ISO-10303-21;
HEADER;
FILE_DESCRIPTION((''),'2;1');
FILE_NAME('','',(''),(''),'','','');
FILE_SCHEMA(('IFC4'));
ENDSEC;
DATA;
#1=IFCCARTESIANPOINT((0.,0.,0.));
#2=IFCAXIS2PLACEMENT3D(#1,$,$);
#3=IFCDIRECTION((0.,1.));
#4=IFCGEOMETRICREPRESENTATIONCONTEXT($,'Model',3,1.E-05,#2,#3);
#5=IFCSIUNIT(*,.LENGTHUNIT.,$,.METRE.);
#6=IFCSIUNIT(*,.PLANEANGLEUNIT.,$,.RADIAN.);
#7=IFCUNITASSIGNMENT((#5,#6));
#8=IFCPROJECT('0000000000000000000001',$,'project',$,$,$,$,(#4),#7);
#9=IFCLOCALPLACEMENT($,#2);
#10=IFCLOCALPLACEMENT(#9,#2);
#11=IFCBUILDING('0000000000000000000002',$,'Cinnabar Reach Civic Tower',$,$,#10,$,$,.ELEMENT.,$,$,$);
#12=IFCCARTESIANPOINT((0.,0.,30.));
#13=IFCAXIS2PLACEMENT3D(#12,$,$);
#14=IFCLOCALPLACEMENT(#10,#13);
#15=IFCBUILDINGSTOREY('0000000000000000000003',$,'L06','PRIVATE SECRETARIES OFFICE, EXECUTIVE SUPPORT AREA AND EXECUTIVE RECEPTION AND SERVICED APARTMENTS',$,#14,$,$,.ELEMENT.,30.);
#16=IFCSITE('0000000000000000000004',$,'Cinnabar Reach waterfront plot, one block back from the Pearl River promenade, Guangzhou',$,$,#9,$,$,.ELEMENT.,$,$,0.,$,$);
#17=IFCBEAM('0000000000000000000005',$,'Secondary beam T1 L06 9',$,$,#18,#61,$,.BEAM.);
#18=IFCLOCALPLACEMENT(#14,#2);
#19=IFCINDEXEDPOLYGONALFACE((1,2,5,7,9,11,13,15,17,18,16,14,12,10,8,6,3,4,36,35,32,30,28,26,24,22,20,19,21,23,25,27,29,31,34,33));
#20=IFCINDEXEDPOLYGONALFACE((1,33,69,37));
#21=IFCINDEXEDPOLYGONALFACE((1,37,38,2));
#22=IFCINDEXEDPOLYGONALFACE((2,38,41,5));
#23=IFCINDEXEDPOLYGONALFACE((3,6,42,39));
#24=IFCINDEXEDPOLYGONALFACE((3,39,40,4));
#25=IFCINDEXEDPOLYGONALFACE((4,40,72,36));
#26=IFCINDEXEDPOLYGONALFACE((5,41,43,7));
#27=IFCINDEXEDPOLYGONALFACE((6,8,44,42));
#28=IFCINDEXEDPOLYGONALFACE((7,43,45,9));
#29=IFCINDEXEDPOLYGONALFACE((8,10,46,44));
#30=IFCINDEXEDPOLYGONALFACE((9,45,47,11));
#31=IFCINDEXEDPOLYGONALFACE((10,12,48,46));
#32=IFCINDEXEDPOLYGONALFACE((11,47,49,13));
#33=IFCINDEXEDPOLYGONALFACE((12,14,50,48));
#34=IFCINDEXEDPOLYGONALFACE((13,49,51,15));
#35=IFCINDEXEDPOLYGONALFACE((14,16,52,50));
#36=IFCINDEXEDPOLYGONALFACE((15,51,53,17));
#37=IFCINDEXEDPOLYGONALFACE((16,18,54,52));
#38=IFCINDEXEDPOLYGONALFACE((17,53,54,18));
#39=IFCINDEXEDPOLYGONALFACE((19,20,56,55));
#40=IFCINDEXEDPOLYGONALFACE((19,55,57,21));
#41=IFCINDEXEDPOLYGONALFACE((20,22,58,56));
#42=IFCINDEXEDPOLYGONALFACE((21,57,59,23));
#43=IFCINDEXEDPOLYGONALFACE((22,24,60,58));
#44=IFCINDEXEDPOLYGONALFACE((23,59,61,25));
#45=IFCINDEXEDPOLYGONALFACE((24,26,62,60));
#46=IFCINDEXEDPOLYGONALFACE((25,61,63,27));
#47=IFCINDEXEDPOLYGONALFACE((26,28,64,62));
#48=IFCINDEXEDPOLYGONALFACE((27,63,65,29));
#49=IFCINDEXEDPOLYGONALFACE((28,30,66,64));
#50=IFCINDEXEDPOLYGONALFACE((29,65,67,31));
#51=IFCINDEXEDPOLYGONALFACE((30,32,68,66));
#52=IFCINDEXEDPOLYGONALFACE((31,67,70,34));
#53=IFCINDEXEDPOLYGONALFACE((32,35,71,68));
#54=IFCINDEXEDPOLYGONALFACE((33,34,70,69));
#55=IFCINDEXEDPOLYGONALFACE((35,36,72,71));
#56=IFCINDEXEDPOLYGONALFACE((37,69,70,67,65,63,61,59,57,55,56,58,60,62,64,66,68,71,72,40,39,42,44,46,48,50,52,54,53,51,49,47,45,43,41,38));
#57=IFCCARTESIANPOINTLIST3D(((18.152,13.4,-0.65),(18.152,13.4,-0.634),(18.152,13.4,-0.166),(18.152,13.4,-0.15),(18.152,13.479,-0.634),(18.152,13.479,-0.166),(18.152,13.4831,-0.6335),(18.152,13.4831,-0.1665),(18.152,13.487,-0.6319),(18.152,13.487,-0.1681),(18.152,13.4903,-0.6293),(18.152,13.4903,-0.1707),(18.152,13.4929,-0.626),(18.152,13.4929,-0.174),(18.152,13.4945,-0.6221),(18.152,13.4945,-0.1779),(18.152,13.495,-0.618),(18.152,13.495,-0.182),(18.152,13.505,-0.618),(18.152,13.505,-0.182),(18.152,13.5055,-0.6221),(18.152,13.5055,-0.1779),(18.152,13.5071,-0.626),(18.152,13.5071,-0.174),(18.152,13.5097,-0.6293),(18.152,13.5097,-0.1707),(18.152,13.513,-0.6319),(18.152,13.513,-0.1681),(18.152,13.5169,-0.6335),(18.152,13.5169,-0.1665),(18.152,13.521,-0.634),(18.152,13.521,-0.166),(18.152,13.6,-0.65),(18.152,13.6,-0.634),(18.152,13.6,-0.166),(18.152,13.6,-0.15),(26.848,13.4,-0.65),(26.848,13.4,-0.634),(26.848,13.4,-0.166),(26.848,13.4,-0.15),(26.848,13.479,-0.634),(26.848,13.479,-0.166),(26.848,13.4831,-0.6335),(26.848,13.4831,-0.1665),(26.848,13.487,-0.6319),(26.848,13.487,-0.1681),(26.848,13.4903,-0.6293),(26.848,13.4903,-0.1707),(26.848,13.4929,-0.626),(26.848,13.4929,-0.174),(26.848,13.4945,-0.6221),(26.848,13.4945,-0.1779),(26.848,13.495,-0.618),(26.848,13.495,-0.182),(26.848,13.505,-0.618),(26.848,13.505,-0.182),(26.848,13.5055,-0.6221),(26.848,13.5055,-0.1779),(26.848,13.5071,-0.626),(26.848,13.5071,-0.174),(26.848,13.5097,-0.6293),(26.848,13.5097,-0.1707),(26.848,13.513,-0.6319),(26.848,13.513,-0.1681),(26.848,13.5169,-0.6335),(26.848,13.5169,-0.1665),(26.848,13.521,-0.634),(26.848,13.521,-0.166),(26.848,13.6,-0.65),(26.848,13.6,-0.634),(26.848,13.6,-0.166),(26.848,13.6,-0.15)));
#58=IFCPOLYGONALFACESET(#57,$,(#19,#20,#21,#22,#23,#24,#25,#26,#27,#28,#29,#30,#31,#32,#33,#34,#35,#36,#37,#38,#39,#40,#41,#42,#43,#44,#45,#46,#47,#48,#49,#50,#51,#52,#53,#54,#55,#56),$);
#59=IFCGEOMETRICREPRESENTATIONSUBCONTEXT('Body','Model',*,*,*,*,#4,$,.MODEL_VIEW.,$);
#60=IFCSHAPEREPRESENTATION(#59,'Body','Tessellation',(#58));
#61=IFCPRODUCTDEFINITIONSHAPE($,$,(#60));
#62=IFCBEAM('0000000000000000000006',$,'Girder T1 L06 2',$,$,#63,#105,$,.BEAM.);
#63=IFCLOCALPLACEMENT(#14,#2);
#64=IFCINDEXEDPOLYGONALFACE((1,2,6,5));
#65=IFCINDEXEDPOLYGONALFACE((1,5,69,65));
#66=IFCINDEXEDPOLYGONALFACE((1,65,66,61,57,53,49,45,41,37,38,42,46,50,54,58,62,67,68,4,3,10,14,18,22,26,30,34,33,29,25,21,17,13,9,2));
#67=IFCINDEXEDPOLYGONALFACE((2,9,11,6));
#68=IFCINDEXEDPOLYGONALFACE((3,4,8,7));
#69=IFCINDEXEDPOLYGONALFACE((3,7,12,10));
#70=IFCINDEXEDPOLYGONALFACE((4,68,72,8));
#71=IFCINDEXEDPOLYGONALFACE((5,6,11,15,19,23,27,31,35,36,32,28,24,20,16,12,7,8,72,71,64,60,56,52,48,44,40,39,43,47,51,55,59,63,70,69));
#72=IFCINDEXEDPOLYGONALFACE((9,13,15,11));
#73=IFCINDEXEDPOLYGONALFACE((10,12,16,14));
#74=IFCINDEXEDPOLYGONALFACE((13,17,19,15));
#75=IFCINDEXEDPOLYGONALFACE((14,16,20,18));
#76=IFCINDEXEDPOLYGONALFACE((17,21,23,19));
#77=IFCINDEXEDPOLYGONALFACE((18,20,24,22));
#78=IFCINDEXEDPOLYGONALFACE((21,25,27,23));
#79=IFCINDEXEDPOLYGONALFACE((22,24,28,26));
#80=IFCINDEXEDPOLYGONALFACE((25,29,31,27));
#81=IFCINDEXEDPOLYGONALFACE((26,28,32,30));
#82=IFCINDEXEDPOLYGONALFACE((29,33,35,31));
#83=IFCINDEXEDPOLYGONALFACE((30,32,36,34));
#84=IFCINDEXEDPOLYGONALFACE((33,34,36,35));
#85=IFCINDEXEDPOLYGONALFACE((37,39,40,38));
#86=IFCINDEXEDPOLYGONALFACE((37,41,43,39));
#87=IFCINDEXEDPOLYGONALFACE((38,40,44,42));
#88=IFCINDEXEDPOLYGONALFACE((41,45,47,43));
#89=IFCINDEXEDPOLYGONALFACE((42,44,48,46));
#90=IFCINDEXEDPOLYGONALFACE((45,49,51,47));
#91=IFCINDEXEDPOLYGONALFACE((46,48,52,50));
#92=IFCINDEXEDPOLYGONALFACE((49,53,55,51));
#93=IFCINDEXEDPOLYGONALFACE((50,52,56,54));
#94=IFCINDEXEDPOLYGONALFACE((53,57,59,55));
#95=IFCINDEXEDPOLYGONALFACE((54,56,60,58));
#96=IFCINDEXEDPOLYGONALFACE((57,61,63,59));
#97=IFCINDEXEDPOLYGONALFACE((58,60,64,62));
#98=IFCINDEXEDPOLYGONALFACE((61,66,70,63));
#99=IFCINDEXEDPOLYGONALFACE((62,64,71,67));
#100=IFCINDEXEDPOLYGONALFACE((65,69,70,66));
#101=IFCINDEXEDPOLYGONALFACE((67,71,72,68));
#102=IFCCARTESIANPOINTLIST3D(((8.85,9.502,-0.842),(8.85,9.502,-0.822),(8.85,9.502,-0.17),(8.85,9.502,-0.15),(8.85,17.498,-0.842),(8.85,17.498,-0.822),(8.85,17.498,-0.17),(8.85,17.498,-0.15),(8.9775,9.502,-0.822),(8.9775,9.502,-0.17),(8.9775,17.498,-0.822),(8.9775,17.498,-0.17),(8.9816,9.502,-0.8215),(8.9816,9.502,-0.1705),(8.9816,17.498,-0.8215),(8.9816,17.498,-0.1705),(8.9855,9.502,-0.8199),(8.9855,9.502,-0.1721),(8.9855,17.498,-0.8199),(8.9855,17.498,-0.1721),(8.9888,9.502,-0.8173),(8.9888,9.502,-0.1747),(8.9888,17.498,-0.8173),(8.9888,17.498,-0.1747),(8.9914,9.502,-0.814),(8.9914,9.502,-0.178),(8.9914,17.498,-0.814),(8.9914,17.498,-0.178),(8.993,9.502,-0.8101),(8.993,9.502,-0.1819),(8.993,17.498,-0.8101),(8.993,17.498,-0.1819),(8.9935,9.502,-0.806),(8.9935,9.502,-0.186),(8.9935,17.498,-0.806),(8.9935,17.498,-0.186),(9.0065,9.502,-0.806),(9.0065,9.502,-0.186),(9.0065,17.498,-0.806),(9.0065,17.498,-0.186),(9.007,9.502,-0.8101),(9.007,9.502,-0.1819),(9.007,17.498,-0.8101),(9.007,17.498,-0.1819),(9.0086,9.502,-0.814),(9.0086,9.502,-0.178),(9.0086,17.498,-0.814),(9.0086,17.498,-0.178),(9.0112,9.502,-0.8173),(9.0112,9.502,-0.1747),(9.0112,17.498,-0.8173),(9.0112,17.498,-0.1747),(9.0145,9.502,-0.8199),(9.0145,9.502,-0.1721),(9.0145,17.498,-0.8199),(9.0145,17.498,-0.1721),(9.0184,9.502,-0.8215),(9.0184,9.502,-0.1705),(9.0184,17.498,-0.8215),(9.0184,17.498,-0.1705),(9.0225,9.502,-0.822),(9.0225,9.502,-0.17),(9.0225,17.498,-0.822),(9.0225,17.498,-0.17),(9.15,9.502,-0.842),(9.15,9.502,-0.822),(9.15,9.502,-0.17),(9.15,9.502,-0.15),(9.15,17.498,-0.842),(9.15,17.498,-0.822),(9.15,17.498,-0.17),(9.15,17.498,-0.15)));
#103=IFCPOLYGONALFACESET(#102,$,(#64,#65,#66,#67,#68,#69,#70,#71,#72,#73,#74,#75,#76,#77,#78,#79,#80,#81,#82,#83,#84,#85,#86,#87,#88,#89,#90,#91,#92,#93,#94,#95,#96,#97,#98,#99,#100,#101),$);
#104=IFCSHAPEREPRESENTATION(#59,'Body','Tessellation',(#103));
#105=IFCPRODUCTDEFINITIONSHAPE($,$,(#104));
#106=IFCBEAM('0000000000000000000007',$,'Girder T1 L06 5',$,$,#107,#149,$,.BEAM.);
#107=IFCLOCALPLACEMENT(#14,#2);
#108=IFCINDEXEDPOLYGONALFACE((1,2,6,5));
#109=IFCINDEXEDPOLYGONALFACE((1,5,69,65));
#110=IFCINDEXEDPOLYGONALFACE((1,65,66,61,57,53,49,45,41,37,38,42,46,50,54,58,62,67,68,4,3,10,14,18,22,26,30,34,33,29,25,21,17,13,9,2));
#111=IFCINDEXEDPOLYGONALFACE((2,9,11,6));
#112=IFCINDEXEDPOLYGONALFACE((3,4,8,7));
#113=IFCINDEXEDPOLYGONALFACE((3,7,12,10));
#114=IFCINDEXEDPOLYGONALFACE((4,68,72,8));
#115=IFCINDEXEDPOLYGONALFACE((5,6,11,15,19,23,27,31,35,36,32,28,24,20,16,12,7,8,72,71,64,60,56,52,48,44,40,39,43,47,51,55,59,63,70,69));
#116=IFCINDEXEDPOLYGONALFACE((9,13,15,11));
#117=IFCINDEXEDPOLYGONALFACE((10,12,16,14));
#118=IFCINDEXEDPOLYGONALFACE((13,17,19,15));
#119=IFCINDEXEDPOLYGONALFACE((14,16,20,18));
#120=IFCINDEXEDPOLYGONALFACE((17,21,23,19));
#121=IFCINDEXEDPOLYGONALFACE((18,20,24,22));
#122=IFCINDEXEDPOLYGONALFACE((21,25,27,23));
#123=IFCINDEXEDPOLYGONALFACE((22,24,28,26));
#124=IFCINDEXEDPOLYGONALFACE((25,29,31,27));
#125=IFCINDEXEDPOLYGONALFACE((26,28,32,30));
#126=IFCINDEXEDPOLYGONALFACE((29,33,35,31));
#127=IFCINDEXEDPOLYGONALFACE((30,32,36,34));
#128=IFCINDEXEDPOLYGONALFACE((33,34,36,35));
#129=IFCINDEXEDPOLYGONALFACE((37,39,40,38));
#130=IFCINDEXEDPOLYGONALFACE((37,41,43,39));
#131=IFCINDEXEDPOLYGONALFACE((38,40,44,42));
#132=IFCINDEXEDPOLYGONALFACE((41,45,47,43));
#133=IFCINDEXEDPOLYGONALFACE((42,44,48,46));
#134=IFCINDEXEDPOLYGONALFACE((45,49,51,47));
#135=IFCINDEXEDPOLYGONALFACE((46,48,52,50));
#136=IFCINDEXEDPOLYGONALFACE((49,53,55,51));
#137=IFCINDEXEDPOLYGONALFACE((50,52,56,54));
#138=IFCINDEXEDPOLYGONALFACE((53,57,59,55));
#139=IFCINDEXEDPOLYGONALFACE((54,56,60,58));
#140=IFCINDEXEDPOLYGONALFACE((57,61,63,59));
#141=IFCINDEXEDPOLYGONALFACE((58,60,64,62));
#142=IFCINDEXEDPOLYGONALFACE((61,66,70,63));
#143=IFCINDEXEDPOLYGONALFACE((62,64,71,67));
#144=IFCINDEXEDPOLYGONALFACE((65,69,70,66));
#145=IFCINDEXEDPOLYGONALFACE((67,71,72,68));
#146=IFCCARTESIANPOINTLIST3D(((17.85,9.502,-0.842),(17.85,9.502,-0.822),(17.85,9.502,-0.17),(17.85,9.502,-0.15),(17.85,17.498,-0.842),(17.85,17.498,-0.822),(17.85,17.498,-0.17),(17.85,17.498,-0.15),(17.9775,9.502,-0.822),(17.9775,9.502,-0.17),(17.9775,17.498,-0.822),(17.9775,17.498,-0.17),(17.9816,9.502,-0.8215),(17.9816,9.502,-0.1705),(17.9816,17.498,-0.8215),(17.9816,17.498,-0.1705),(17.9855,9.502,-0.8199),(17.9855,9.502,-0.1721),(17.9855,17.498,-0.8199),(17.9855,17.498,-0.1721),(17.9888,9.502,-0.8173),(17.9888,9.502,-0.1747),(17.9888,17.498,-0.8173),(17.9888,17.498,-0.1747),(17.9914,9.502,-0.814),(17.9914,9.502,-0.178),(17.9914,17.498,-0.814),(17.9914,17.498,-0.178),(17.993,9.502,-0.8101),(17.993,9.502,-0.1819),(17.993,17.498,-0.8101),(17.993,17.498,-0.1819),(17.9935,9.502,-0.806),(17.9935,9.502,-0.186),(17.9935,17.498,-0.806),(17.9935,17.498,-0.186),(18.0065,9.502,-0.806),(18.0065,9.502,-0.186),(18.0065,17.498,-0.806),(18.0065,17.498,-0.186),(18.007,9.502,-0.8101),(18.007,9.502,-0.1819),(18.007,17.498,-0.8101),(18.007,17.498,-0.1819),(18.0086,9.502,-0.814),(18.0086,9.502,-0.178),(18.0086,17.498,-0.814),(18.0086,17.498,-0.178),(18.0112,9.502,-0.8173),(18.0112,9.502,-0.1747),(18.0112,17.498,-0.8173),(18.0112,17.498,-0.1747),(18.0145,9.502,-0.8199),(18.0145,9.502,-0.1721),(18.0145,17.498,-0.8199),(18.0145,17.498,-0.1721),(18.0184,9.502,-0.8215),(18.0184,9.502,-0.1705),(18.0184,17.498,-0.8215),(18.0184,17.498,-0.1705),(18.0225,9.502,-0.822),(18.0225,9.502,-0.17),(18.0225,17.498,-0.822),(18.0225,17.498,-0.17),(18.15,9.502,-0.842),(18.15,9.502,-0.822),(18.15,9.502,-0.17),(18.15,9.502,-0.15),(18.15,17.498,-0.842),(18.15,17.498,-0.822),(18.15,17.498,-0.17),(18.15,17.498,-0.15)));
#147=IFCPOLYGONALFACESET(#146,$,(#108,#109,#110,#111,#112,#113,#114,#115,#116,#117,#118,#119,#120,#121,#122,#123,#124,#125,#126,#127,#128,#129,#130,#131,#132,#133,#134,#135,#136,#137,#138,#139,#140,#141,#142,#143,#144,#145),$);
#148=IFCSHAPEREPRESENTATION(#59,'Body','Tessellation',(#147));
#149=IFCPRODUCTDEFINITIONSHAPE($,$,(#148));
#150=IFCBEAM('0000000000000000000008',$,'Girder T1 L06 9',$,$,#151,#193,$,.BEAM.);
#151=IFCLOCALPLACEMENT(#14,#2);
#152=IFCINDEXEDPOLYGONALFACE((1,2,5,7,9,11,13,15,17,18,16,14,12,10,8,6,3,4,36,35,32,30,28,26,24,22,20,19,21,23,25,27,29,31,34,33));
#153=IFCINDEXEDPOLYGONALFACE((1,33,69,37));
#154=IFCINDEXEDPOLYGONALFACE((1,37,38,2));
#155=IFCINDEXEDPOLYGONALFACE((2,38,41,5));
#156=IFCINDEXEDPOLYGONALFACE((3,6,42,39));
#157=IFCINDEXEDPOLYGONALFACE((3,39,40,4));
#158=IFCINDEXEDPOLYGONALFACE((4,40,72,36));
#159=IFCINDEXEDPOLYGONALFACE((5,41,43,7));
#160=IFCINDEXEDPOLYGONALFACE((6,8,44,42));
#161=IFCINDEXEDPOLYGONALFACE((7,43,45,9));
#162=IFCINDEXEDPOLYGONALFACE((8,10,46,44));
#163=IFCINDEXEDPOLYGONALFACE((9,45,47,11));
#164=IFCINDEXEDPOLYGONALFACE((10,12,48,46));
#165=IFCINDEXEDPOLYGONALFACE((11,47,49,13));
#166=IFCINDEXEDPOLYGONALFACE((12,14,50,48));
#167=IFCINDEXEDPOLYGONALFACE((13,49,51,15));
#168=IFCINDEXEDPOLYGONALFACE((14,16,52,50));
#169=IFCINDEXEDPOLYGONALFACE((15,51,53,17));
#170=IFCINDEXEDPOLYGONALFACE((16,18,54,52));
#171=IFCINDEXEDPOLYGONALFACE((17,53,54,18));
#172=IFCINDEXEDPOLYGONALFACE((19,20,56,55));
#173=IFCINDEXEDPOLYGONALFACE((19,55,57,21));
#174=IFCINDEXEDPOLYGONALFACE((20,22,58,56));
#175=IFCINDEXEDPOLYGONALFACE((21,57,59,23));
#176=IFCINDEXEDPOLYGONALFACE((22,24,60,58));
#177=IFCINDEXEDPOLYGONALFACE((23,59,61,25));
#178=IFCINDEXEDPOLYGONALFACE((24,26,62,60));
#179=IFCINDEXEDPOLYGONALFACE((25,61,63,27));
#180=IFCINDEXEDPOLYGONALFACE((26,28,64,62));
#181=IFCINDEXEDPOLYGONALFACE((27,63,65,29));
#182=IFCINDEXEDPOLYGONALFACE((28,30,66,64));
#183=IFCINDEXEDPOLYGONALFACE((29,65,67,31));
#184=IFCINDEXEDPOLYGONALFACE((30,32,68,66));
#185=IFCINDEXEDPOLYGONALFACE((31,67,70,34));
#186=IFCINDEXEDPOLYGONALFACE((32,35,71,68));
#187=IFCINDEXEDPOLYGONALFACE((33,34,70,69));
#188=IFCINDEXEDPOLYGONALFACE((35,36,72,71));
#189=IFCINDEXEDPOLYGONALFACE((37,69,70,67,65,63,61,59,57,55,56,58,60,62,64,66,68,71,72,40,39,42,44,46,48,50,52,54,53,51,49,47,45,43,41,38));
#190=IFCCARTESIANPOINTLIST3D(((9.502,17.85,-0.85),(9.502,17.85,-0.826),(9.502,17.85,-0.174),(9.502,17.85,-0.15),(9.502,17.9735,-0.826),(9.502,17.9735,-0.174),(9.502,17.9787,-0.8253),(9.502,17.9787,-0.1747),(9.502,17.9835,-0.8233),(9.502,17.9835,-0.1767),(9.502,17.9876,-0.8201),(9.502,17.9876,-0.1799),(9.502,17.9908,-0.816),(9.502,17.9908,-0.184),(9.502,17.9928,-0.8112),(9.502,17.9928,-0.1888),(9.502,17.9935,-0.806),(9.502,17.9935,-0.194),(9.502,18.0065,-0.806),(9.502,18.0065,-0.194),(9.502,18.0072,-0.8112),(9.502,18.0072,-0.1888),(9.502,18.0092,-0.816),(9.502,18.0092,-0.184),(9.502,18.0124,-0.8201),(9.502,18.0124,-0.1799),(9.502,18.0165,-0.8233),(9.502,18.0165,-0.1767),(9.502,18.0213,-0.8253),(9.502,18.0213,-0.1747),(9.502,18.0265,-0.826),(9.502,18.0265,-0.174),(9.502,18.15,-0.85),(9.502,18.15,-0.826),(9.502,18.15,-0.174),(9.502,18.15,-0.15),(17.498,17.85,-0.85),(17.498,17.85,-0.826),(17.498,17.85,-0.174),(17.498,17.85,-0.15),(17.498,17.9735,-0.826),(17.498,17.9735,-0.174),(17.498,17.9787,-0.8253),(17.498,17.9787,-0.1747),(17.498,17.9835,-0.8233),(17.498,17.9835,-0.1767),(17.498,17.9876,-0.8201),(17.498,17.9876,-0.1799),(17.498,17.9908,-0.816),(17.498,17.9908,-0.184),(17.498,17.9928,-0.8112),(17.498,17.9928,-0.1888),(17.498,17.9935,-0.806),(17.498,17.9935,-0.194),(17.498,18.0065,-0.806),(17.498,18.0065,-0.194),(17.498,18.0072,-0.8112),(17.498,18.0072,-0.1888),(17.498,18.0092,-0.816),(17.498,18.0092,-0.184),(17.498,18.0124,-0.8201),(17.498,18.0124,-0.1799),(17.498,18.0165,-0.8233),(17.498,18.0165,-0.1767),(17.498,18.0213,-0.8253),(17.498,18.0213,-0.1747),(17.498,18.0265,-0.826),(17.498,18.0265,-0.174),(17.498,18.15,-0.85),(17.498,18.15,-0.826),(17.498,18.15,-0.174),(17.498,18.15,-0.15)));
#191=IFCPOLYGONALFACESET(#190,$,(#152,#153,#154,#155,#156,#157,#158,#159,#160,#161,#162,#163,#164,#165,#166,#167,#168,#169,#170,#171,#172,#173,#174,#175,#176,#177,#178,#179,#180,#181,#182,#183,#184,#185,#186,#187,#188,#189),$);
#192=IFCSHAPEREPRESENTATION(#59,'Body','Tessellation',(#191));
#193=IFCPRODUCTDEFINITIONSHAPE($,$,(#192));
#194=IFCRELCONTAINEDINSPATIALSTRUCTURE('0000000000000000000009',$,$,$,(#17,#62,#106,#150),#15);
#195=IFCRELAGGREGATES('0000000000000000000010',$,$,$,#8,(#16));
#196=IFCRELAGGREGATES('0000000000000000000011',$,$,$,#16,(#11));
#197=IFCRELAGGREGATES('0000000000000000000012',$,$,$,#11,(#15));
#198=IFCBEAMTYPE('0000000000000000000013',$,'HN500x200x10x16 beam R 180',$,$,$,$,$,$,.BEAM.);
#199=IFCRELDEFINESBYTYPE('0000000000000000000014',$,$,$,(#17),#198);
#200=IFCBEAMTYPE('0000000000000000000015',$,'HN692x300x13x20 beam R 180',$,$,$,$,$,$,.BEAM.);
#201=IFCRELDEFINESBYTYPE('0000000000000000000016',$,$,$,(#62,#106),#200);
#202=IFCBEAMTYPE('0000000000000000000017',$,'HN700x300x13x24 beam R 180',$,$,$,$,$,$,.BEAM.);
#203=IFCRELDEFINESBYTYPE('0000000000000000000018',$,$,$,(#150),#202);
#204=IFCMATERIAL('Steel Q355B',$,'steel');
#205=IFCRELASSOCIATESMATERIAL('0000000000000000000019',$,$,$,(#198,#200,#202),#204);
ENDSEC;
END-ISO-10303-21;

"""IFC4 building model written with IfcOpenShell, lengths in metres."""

from ifc_helpers import new_model, si_unit, direction, frame, origin, origin_2d, place, context, subcontext, project, spatial, i_section, extrude, material, material_profile, profile_set, type_object, element, save


model = new_model("IFC4")

# Units and contexts
model_context = context("Model", 3, precision=1e-05, world=origin(), true_north=direction((0.0, 1.0)))
body_context = subcontext(model_context, "Body", "Model", "MODEL_VIEW")
ifc_project = project(units=[si_unit("LENGTHUNIT", "METRE"), si_unit("PLANEANGLEUNIT", "RADIAN")], contexts=[model_context])

# Site, building, storey
site_placement = place(None, origin())
site = spatial("IfcSite", under=ifc_project, at=site_placement, Name="Cinnabar Reach waterfront plot, one block back from the Pearl River promenade, Guangzhou", CompositionType="ELEMENT", RefElevation=0.0)
building_placement = place(site_placement, origin())
building = spatial("IfcBuilding", under=site, at=building_placement, Name="Cinnabar Reach Civic Tower", CompositionType="ELEMENT")
storey_placement = place(building_placement, frame((0.0, 0.0, 30.0)))
storey = spatial("IfcBuildingStorey", under=building, at=storey_placement, Name="L06", Description="PRIVATE SECRETARIES OFFICE, EXECUTIVE SUPPORT AREA AND EXECUTIVE RECEPTION AND SERVICED APARTMENTS", CompositionType="ELEMENT", Elevation=30.0)

# Beams
ifc_material_1 = material(Name="Steel Q355B", Category="steel")
ifc_material_profile_1 = material_profile(ifc_material_1, i_section(OverallWidth=0.2, OverallDepth=0.5, WebThickness=0.01, FlangeThickness=0.016, FilletRadius=0.016, at=origin_2d()), Name="HN500x200x10x16")
ifc_profile_set_1 = profile_set([ifc_material_profile_1], Name="Steel Q355B")
beam_type_1 = type_object("IfcBeamType", Name="HN500x200x10x16 beam R 180", PredefinedType="BEAM", material=ifc_profile_set_1)
for number, where, z_axis, x_axis, name in (
    (1, (18.152, 13.5, -0.4), (1.0, 0.0, 0.0), (0.0, 1.0, 0.0), "Secondary beam T1 L06 9"),
):
    element("IfcBeam", number, at=place(storey_placement, frame(where, z_axis=z_axis, x_axis=x_axis)), inside=storey, type_object=beam_type_1, Name=name, PredefinedType="BEAM", context=body_context, shape_type="SweptSolid", body=[
        extrude(i_section(OverallWidth=0.2, OverallDepth=0.5, WebThickness=0.01, FlangeThickness=0.016, FilletRadius=0.016, at=origin_2d()), origin(), (0.0, 0.0, 1.0), 8.696),
    ])
ifc_material_profile_2 = material_profile(ifc_material_1, i_section(OverallWidth=0.3, OverallDepth=0.692, WebThickness=0.013, FlangeThickness=0.02, FilletRadius=0.016, at=origin_2d()), Name="HN692x300x13x20")
ifc_profile_set_2 = profile_set([ifc_material_profile_2], Name="Steel Q355B")
beam_type_2 = type_object("IfcBeamType", Name="HN692x300x13x20 beam R 180", PredefinedType="BEAM", material=ifc_profile_set_2)
for number, where, z_axis, x_axis, name in (
    (2, (9.0, 9.502, -0.496), (0.0, 1.0, 0.0), (-1.0, 0.0, 0.0), "Girder T1 L06 2"),
    (3, (18.0, 9.502, -0.496), (0.0, 1.0, 0.0), (-1.0, 0.0, 0.0), "Girder T1 L06 5"),
):
    element("IfcBeam", number, at=place(storey_placement, frame(where, z_axis=z_axis, x_axis=x_axis)), inside=storey, type_object=beam_type_2, Name=name, PredefinedType="BEAM", context=body_context, shape_type="SweptSolid", body=[
        extrude(i_section(OverallWidth=0.3, OverallDepth=0.692, WebThickness=0.013, FlangeThickness=0.02, FilletRadius=0.016, at=origin_2d()), origin(), (0.0, 0.0, 1.0), 7.996),
    ])
ifc_material_profile_3 = material_profile(ifc_material_1, i_section(OverallWidth=0.3, OverallDepth=0.7, WebThickness=0.013, FlangeThickness=0.024, FilletRadius=0.02, at=origin_2d()), Name="HN700x300x13x24")
ifc_profile_set_3 = profile_set([ifc_material_profile_3], Name="Steel Q355B")
beam_type_3 = type_object("IfcBeamType", Name="HN700x300x13x24 beam R 180", PredefinedType="BEAM", material=ifc_profile_set_3)
for number, where, z_axis, x_axis, name in (
    (4, (9.502, 18.0, -0.5), (1.0, 0.0, 0.0), (0.0, 1.0, 0.0), "Girder T1 L06 9"),
):
    element("IfcBeam", number, at=place(storey_placement, frame(where, z_axis=z_axis, x_axis=x_axis)), inside=storey, type_object=beam_type_3, Name=name, PredefinedType="BEAM", context=body_context, shape_type="SweptSolid", body=[
        extrude(i_section(OverallWidth=0.3, OverallDepth=0.7, WebThickness=0.013, FlangeThickness=0.024, FilletRadius=0.02, at=origin_2d()), origin(), (0.0, 0.0, 1.0), 7.996),
    ])

save(model, "model.ifc")
